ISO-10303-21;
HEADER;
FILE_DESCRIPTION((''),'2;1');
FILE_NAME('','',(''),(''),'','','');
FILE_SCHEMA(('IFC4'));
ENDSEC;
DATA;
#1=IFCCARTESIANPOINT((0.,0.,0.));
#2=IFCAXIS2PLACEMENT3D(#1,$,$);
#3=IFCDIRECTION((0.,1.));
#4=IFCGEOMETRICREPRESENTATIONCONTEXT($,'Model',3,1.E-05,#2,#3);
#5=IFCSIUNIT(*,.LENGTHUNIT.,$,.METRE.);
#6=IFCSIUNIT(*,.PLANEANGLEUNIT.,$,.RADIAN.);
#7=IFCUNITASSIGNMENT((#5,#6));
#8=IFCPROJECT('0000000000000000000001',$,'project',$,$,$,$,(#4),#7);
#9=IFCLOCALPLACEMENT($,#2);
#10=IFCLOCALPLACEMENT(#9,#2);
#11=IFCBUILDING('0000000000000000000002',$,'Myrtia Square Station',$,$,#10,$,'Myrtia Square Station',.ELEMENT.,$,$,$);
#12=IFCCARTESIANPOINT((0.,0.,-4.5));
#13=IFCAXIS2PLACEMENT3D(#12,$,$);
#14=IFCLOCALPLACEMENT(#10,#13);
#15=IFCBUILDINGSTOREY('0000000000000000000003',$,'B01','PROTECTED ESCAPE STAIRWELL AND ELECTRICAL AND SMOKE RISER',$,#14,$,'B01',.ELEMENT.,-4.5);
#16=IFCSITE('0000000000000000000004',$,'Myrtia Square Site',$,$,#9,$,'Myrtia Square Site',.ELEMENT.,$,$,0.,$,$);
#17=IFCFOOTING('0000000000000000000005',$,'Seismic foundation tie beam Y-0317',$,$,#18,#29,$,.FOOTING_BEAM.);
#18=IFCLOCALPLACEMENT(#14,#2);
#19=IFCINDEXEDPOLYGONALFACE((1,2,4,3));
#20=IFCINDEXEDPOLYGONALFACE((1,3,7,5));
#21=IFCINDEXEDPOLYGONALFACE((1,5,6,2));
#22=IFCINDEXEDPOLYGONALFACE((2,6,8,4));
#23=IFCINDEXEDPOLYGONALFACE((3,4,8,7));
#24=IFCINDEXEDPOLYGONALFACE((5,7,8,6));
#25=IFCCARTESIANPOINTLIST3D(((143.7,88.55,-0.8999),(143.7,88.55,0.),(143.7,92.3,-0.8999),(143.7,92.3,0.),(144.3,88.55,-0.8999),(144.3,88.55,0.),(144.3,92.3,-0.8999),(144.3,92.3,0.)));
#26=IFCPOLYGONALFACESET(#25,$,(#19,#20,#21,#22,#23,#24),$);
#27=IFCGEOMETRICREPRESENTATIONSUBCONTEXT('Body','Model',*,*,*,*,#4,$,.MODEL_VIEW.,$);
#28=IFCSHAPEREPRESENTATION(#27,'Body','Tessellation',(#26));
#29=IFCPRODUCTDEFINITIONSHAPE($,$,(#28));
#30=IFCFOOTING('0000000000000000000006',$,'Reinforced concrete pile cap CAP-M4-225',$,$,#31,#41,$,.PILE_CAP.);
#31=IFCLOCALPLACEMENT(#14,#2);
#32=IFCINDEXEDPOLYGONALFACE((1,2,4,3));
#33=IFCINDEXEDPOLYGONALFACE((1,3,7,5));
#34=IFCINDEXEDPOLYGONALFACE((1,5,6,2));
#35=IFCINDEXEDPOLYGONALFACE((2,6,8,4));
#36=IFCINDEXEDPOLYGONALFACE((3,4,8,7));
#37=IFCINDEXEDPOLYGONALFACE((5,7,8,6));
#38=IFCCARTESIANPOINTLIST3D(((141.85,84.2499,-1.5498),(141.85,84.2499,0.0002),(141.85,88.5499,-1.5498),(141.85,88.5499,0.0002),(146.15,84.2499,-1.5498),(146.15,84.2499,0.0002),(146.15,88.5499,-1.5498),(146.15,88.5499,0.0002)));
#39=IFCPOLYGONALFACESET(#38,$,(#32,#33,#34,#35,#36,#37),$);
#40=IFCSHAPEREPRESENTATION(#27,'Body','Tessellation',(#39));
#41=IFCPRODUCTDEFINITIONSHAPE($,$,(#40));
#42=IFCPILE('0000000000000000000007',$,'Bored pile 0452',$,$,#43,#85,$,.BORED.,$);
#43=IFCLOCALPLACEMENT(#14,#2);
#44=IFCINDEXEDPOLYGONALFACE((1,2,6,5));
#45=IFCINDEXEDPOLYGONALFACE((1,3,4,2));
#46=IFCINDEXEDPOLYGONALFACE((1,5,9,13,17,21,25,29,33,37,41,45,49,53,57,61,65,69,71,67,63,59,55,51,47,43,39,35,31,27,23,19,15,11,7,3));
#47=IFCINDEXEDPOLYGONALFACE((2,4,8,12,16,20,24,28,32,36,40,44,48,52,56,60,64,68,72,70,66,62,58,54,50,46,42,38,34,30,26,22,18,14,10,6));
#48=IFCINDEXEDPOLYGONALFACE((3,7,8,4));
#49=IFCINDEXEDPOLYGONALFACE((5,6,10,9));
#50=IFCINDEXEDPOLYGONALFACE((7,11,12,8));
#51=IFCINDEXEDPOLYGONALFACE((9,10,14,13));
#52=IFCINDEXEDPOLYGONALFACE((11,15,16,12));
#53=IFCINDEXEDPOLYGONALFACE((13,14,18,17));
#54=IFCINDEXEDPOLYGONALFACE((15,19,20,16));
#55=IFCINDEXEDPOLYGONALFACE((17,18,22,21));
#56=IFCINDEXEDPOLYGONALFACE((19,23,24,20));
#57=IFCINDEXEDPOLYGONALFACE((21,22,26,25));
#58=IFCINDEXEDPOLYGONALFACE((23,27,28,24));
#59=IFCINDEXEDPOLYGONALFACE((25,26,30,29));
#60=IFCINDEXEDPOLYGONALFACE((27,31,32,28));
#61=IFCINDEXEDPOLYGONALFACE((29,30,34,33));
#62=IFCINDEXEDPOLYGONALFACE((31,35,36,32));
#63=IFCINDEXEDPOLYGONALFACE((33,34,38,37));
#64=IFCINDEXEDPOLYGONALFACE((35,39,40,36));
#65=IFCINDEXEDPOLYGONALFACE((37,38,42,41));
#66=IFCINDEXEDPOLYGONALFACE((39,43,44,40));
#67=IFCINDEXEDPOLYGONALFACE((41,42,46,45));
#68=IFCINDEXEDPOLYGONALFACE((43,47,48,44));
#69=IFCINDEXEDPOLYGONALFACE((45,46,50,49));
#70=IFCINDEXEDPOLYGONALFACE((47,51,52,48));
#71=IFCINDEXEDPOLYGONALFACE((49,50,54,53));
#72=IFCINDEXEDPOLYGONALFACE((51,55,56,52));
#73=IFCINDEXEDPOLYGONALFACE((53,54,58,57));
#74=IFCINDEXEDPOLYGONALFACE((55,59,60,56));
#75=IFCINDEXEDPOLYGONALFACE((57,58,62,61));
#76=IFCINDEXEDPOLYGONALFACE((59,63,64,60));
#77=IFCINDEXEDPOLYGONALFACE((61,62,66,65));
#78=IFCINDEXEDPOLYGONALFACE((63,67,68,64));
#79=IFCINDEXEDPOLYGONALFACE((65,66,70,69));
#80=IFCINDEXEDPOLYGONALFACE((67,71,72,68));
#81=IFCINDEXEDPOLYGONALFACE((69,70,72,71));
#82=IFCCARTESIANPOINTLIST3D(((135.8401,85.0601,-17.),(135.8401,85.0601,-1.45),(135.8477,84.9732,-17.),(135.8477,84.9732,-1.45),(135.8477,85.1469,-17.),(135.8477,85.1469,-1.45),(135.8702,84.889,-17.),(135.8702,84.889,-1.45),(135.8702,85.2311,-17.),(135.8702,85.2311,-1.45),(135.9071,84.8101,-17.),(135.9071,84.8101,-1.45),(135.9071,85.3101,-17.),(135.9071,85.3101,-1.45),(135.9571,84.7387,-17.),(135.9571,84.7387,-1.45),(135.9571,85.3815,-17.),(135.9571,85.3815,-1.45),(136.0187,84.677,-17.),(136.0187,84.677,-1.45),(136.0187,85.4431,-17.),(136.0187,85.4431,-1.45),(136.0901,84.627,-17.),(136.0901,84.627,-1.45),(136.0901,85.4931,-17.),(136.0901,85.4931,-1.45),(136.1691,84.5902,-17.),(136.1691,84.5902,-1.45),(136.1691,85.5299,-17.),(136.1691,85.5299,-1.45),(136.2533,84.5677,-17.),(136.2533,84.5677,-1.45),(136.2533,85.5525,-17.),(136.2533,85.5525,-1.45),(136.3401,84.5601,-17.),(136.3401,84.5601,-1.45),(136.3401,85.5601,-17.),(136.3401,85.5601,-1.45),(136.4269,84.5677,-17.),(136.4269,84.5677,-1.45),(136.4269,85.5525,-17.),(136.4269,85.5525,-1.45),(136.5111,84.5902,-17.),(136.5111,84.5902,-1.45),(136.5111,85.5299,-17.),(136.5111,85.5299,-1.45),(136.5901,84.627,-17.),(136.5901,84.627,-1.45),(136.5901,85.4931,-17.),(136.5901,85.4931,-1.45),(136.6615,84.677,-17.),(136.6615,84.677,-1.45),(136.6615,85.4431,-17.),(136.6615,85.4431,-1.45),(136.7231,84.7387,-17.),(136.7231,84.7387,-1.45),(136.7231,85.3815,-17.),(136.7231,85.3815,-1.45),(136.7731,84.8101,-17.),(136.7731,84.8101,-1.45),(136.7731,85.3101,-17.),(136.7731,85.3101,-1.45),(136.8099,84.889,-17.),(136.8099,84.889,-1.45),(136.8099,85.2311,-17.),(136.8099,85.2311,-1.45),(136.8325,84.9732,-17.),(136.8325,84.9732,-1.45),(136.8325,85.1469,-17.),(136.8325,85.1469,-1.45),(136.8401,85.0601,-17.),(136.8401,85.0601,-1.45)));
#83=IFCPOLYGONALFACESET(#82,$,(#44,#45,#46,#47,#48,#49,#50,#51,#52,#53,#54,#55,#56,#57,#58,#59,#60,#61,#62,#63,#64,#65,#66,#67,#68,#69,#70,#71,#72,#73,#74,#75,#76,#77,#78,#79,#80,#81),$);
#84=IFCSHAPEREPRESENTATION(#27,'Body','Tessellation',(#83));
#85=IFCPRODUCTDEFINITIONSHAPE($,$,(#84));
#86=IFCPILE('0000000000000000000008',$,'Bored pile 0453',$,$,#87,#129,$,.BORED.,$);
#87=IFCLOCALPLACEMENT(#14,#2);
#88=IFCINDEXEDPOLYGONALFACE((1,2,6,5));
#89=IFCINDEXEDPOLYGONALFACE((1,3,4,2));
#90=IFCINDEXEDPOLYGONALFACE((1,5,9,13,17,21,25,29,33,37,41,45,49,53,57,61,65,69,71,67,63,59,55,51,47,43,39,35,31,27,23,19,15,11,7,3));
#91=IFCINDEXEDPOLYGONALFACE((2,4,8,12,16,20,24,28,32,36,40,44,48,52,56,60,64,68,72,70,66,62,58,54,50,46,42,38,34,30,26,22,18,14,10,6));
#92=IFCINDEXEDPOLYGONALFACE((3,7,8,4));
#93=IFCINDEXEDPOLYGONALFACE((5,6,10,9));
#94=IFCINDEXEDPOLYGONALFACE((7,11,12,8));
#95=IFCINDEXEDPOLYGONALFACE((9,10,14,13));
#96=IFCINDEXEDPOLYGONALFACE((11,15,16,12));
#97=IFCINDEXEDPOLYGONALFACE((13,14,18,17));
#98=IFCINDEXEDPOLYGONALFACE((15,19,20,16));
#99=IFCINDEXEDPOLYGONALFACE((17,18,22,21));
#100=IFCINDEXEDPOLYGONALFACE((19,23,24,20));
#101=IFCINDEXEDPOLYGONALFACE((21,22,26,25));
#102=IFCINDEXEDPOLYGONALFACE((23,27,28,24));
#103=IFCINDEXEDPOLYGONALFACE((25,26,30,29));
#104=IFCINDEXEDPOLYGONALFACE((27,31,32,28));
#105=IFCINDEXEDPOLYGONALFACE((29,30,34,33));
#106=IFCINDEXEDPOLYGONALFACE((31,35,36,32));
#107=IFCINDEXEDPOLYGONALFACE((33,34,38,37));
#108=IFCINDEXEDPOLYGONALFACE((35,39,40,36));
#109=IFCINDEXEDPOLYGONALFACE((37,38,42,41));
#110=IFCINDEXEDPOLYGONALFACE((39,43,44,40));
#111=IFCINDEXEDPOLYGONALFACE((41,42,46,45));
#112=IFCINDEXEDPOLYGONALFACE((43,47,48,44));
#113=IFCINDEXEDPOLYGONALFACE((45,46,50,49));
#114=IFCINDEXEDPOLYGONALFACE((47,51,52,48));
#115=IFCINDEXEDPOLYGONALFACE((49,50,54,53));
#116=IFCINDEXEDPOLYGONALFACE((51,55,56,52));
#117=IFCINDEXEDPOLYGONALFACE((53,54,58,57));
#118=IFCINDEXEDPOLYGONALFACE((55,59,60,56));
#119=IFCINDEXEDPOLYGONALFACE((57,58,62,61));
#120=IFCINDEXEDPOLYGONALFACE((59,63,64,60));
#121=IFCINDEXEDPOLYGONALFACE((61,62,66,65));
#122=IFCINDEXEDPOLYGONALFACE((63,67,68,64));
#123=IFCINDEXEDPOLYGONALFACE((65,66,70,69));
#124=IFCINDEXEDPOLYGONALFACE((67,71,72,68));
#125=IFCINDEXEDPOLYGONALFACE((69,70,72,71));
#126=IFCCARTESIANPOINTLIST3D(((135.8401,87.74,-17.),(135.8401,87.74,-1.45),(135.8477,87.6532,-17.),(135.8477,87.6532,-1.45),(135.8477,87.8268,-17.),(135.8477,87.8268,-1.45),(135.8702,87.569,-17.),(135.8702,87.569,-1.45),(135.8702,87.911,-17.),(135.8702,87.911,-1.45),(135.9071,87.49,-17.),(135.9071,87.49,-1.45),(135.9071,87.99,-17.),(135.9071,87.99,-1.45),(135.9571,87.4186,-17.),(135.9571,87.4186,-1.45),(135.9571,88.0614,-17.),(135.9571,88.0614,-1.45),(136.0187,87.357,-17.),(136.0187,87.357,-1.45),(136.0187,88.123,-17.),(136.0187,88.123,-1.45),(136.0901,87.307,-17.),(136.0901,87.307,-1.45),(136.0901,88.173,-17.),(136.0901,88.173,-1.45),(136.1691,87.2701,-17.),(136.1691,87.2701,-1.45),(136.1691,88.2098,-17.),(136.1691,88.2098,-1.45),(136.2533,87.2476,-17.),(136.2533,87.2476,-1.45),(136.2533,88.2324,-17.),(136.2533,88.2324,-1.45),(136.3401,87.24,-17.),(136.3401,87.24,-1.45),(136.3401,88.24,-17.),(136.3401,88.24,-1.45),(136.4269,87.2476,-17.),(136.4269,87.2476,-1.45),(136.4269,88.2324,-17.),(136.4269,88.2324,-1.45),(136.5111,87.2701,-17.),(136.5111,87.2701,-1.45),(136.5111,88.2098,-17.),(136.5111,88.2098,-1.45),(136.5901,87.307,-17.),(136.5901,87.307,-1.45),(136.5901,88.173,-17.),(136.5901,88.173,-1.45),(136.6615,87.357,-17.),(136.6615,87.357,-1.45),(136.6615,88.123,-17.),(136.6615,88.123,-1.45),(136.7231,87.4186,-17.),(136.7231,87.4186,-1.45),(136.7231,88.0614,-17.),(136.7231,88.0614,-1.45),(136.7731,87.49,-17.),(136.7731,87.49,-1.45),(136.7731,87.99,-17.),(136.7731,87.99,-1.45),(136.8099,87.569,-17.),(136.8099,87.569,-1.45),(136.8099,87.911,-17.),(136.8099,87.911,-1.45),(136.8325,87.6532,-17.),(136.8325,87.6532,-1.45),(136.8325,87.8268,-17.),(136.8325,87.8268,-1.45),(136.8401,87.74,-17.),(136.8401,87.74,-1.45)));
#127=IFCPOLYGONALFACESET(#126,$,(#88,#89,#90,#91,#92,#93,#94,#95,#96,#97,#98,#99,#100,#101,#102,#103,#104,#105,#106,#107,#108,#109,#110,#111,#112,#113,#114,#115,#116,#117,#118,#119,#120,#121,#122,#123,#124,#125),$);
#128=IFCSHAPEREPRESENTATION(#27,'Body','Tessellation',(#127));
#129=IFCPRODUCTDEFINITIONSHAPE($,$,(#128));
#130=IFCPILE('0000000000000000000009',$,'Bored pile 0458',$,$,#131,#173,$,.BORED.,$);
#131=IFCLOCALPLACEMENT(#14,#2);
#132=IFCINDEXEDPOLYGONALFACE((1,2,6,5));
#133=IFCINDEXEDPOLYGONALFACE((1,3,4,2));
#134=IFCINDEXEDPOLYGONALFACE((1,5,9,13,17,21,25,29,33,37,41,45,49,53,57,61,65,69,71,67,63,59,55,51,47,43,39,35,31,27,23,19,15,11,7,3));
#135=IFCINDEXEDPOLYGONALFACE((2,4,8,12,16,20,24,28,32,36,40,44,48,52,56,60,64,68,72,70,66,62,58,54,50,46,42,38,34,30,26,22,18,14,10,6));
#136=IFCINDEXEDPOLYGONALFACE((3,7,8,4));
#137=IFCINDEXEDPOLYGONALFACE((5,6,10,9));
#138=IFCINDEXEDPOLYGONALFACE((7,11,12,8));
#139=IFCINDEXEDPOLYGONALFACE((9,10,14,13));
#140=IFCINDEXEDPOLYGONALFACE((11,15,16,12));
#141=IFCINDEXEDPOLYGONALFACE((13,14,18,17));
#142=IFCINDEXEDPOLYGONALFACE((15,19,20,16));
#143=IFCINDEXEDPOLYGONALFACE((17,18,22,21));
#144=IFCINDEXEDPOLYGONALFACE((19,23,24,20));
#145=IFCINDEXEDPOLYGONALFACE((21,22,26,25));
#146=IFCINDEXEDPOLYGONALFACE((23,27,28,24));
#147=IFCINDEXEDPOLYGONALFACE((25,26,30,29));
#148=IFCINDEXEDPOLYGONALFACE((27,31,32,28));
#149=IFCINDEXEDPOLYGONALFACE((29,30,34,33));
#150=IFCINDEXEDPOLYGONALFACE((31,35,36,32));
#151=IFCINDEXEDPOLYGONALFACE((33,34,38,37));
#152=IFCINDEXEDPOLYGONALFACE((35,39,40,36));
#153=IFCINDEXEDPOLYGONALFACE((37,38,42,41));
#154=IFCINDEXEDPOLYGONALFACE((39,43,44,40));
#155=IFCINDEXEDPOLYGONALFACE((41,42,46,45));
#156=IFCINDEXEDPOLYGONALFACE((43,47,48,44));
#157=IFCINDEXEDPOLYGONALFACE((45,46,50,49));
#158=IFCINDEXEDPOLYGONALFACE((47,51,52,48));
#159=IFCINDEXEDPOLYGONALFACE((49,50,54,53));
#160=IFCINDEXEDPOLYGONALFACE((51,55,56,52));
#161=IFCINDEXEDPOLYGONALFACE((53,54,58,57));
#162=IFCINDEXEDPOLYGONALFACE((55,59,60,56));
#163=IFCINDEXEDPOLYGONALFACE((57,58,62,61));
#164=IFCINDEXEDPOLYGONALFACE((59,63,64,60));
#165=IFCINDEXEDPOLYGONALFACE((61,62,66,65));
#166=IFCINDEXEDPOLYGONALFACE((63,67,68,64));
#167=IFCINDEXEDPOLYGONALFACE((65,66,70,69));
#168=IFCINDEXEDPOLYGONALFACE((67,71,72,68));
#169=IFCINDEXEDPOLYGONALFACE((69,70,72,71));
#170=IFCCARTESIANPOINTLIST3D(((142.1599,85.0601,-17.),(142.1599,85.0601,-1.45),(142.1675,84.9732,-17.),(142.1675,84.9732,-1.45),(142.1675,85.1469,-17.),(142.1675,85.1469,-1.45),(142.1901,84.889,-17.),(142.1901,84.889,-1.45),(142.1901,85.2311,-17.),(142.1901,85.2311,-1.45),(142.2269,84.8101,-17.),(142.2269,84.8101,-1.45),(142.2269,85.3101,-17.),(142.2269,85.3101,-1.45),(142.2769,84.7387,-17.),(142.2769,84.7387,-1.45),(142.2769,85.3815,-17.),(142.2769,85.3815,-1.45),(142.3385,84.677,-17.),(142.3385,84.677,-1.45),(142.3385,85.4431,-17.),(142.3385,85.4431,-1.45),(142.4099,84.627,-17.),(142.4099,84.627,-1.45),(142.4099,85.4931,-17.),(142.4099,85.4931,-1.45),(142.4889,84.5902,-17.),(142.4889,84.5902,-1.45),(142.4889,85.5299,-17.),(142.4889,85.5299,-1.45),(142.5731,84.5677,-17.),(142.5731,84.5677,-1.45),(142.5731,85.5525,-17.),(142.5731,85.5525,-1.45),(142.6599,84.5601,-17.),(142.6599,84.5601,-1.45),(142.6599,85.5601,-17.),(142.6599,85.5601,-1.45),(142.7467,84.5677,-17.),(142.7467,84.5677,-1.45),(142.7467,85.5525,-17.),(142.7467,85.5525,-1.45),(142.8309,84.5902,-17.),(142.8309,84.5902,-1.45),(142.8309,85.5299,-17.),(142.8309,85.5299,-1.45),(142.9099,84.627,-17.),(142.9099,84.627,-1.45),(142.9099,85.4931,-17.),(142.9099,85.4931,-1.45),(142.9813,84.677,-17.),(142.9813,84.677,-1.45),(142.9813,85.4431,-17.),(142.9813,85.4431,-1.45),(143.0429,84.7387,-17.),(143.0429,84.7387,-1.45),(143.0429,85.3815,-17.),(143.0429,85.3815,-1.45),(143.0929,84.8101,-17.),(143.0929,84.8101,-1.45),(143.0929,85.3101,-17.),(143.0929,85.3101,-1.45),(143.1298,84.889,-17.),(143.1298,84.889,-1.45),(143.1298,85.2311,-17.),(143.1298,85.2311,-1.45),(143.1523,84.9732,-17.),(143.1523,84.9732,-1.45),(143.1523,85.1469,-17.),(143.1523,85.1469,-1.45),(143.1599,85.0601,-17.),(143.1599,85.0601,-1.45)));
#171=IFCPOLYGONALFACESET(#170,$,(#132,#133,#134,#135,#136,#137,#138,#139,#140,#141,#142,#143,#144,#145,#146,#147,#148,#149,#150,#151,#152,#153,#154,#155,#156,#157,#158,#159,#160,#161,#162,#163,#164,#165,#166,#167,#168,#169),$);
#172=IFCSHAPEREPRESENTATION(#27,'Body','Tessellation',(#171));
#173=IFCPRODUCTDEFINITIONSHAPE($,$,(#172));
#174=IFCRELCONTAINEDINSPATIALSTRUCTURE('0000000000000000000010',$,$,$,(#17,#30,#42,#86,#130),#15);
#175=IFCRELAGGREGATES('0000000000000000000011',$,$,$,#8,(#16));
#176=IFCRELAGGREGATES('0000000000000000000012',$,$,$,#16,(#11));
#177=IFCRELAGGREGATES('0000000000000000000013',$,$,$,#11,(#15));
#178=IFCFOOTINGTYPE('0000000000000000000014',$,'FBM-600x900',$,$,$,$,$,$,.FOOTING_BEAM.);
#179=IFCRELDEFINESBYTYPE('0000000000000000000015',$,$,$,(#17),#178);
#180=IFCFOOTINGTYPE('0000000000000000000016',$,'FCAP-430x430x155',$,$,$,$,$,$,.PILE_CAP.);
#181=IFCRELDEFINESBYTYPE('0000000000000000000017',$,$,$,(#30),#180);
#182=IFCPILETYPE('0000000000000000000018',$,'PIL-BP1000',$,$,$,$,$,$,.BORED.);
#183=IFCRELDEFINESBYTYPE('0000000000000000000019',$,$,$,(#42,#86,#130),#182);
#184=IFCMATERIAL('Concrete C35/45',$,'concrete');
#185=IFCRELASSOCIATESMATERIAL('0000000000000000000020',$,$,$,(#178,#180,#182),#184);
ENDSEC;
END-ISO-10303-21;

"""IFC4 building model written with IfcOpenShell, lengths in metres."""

from ifc_helpers import new_model, si_unit, direction, frame, origin, origin_2d, place, context, subcontext, project, spatial, rectangle, circle, extrude, material, material_profile, profile_set, type_object, element, save


model = new_model("IFC4")

# Units and contexts
model_context = context("Model", 3, precision=1e-05, world=origin(), true_north=direction((0.0, 1.0)))
body_context = subcontext(model_context, "Body", "Model", "MODEL_VIEW")
ifc_project = project(units=[si_unit("LENGTHUNIT", "METRE"), si_unit("PLANEANGLEUNIT", "RADIAN")], contexts=[model_context])

# Site, building, storey
site_placement = place(None, origin())
site = spatial("IfcSite", under=ifc_project, at=site_placement, Name="Myrtia Square Site", LongName="Myrtia Square Site", CompositionType="ELEMENT", RefElevation=0.0)
building_placement = place(site_placement, origin())
building = spatial("IfcBuilding", under=site, at=building_placement, Name="Myrtia Square Station", LongName="Myrtia Square Station", CompositionType="ELEMENT")
storey_placement = place(building_placement, frame((0.0, 0.0, -4.5)))
storey = spatial("IfcBuildingStorey", under=building, at=storey_placement, Name="B01", Description="PROTECTED ESCAPE STAIRWELL AND ELECTRICAL AND SMOKE RISER", LongName="B01", CompositionType="ELEMENT", Elevation=-4.5)

# Footings
ifc_material_1 = material(Name="Concrete C35/45", Category="concrete")
ifc_material_profile_1 = material_profile(ifc_material_1, rectangle(XDim=0.6001, YDim=0.8999, at=origin_2d()), Name="FB 600x900")
ifc_profile_set_1 = profile_set([ifc_material_profile_1], Name="Concrete C35/45")
footing_type_1 = type_object("IfcFootingType", Name="FBM-600x900", PredefinedType="FOOTING_BEAM", material=ifc_profile_set_1)
footing_1_placement = place(storey_placement, frame((144.0, 88.55, -0.45), z_axis=(0.0, 1.0, 0.0), x_axis=(-1.0, 0.0, 0.0)))
element("IfcFooting", 1, at=footing_1_placement, inside=storey, type_object=footing_type_1, Name="Seismic foundation tie beam Y-0317", PredefinedType="FOOTING_BEAM", context=body_context, shape_type="SweptSolid", body=[
    extrude(rectangle(XDim=0.6001, YDim=0.8999, at=origin_2d()), origin(), (0.0, 0.0, 1.0), 3.75),
])
footing_type_2 = type_object("IfcFootingType", Name="FCAP-430x430x155", PredefinedType="PILE_CAP", material=ifc_material_1)
footing_2_placement = place(storey_placement, frame((144.0, 86.3999, -1.5498), z_axis=(0.0, 0.0, 1.0), x_axis=(1.0, 0.0, 0.0)))
element("IfcFooting", 2, at=footing_2_placement, inside=storey, type_object=footing_type_2, Name="Reinforced concrete pile cap CAP-M4-225", PredefinedType="PILE_CAP", context=body_context, shape_type="SweptSolid", body=[
    extrude(rectangle(XDim=4.3, YDim=4.3, at=origin_2d()), origin(), (0.0, 0.0, 1.0), 1.55),
])

# Piles
ifc_material_profile_2 = material_profile(ifc_material_1, circle(Radius=0.5, at=origin_2d()), Name="BP D1000")
ifc_profile_set_2 = profile_set([ifc_material_profile_2], Name="Concrete C35/45")
pile_type_1 = type_object("IfcPileType", Name="PIL-BP1000", PredefinedType="BORED", material=ifc_profile_set_2)
for number, where, z_axis, x_axis, name in (
    (3, (136.3401, 85.0601, -1.45), (0.0, 0.0, -1.0), (1.0, 0.0, 0.0), "Bored pile 0452"),
    (4, (136.3401, 87.74, -1.45), (0.0, 0.0, -1.0), (1.0, 0.0, 0.0), "Bored pile 0453"),
    (5, (142.6599, 85.0601, -1.45), (0.0, 0.0, -1.0), (1.0, 0.0, 0.0), "Bored pile 0458"),
):
    element("IfcPile", number, at=place(storey_placement, frame(where, z_axis=z_axis, x_axis=x_axis)), inside=storey, type_object=pile_type_1, Name=name, PredefinedType="BORED", context=body_context, shape_type="SweptSolid", body=[
        extrude(circle(Radius=0.5, at=origin_2d()), origin(), (0.0, 0.0, 1.0), 15.55),
    ])

save(model, "model.ifc")
